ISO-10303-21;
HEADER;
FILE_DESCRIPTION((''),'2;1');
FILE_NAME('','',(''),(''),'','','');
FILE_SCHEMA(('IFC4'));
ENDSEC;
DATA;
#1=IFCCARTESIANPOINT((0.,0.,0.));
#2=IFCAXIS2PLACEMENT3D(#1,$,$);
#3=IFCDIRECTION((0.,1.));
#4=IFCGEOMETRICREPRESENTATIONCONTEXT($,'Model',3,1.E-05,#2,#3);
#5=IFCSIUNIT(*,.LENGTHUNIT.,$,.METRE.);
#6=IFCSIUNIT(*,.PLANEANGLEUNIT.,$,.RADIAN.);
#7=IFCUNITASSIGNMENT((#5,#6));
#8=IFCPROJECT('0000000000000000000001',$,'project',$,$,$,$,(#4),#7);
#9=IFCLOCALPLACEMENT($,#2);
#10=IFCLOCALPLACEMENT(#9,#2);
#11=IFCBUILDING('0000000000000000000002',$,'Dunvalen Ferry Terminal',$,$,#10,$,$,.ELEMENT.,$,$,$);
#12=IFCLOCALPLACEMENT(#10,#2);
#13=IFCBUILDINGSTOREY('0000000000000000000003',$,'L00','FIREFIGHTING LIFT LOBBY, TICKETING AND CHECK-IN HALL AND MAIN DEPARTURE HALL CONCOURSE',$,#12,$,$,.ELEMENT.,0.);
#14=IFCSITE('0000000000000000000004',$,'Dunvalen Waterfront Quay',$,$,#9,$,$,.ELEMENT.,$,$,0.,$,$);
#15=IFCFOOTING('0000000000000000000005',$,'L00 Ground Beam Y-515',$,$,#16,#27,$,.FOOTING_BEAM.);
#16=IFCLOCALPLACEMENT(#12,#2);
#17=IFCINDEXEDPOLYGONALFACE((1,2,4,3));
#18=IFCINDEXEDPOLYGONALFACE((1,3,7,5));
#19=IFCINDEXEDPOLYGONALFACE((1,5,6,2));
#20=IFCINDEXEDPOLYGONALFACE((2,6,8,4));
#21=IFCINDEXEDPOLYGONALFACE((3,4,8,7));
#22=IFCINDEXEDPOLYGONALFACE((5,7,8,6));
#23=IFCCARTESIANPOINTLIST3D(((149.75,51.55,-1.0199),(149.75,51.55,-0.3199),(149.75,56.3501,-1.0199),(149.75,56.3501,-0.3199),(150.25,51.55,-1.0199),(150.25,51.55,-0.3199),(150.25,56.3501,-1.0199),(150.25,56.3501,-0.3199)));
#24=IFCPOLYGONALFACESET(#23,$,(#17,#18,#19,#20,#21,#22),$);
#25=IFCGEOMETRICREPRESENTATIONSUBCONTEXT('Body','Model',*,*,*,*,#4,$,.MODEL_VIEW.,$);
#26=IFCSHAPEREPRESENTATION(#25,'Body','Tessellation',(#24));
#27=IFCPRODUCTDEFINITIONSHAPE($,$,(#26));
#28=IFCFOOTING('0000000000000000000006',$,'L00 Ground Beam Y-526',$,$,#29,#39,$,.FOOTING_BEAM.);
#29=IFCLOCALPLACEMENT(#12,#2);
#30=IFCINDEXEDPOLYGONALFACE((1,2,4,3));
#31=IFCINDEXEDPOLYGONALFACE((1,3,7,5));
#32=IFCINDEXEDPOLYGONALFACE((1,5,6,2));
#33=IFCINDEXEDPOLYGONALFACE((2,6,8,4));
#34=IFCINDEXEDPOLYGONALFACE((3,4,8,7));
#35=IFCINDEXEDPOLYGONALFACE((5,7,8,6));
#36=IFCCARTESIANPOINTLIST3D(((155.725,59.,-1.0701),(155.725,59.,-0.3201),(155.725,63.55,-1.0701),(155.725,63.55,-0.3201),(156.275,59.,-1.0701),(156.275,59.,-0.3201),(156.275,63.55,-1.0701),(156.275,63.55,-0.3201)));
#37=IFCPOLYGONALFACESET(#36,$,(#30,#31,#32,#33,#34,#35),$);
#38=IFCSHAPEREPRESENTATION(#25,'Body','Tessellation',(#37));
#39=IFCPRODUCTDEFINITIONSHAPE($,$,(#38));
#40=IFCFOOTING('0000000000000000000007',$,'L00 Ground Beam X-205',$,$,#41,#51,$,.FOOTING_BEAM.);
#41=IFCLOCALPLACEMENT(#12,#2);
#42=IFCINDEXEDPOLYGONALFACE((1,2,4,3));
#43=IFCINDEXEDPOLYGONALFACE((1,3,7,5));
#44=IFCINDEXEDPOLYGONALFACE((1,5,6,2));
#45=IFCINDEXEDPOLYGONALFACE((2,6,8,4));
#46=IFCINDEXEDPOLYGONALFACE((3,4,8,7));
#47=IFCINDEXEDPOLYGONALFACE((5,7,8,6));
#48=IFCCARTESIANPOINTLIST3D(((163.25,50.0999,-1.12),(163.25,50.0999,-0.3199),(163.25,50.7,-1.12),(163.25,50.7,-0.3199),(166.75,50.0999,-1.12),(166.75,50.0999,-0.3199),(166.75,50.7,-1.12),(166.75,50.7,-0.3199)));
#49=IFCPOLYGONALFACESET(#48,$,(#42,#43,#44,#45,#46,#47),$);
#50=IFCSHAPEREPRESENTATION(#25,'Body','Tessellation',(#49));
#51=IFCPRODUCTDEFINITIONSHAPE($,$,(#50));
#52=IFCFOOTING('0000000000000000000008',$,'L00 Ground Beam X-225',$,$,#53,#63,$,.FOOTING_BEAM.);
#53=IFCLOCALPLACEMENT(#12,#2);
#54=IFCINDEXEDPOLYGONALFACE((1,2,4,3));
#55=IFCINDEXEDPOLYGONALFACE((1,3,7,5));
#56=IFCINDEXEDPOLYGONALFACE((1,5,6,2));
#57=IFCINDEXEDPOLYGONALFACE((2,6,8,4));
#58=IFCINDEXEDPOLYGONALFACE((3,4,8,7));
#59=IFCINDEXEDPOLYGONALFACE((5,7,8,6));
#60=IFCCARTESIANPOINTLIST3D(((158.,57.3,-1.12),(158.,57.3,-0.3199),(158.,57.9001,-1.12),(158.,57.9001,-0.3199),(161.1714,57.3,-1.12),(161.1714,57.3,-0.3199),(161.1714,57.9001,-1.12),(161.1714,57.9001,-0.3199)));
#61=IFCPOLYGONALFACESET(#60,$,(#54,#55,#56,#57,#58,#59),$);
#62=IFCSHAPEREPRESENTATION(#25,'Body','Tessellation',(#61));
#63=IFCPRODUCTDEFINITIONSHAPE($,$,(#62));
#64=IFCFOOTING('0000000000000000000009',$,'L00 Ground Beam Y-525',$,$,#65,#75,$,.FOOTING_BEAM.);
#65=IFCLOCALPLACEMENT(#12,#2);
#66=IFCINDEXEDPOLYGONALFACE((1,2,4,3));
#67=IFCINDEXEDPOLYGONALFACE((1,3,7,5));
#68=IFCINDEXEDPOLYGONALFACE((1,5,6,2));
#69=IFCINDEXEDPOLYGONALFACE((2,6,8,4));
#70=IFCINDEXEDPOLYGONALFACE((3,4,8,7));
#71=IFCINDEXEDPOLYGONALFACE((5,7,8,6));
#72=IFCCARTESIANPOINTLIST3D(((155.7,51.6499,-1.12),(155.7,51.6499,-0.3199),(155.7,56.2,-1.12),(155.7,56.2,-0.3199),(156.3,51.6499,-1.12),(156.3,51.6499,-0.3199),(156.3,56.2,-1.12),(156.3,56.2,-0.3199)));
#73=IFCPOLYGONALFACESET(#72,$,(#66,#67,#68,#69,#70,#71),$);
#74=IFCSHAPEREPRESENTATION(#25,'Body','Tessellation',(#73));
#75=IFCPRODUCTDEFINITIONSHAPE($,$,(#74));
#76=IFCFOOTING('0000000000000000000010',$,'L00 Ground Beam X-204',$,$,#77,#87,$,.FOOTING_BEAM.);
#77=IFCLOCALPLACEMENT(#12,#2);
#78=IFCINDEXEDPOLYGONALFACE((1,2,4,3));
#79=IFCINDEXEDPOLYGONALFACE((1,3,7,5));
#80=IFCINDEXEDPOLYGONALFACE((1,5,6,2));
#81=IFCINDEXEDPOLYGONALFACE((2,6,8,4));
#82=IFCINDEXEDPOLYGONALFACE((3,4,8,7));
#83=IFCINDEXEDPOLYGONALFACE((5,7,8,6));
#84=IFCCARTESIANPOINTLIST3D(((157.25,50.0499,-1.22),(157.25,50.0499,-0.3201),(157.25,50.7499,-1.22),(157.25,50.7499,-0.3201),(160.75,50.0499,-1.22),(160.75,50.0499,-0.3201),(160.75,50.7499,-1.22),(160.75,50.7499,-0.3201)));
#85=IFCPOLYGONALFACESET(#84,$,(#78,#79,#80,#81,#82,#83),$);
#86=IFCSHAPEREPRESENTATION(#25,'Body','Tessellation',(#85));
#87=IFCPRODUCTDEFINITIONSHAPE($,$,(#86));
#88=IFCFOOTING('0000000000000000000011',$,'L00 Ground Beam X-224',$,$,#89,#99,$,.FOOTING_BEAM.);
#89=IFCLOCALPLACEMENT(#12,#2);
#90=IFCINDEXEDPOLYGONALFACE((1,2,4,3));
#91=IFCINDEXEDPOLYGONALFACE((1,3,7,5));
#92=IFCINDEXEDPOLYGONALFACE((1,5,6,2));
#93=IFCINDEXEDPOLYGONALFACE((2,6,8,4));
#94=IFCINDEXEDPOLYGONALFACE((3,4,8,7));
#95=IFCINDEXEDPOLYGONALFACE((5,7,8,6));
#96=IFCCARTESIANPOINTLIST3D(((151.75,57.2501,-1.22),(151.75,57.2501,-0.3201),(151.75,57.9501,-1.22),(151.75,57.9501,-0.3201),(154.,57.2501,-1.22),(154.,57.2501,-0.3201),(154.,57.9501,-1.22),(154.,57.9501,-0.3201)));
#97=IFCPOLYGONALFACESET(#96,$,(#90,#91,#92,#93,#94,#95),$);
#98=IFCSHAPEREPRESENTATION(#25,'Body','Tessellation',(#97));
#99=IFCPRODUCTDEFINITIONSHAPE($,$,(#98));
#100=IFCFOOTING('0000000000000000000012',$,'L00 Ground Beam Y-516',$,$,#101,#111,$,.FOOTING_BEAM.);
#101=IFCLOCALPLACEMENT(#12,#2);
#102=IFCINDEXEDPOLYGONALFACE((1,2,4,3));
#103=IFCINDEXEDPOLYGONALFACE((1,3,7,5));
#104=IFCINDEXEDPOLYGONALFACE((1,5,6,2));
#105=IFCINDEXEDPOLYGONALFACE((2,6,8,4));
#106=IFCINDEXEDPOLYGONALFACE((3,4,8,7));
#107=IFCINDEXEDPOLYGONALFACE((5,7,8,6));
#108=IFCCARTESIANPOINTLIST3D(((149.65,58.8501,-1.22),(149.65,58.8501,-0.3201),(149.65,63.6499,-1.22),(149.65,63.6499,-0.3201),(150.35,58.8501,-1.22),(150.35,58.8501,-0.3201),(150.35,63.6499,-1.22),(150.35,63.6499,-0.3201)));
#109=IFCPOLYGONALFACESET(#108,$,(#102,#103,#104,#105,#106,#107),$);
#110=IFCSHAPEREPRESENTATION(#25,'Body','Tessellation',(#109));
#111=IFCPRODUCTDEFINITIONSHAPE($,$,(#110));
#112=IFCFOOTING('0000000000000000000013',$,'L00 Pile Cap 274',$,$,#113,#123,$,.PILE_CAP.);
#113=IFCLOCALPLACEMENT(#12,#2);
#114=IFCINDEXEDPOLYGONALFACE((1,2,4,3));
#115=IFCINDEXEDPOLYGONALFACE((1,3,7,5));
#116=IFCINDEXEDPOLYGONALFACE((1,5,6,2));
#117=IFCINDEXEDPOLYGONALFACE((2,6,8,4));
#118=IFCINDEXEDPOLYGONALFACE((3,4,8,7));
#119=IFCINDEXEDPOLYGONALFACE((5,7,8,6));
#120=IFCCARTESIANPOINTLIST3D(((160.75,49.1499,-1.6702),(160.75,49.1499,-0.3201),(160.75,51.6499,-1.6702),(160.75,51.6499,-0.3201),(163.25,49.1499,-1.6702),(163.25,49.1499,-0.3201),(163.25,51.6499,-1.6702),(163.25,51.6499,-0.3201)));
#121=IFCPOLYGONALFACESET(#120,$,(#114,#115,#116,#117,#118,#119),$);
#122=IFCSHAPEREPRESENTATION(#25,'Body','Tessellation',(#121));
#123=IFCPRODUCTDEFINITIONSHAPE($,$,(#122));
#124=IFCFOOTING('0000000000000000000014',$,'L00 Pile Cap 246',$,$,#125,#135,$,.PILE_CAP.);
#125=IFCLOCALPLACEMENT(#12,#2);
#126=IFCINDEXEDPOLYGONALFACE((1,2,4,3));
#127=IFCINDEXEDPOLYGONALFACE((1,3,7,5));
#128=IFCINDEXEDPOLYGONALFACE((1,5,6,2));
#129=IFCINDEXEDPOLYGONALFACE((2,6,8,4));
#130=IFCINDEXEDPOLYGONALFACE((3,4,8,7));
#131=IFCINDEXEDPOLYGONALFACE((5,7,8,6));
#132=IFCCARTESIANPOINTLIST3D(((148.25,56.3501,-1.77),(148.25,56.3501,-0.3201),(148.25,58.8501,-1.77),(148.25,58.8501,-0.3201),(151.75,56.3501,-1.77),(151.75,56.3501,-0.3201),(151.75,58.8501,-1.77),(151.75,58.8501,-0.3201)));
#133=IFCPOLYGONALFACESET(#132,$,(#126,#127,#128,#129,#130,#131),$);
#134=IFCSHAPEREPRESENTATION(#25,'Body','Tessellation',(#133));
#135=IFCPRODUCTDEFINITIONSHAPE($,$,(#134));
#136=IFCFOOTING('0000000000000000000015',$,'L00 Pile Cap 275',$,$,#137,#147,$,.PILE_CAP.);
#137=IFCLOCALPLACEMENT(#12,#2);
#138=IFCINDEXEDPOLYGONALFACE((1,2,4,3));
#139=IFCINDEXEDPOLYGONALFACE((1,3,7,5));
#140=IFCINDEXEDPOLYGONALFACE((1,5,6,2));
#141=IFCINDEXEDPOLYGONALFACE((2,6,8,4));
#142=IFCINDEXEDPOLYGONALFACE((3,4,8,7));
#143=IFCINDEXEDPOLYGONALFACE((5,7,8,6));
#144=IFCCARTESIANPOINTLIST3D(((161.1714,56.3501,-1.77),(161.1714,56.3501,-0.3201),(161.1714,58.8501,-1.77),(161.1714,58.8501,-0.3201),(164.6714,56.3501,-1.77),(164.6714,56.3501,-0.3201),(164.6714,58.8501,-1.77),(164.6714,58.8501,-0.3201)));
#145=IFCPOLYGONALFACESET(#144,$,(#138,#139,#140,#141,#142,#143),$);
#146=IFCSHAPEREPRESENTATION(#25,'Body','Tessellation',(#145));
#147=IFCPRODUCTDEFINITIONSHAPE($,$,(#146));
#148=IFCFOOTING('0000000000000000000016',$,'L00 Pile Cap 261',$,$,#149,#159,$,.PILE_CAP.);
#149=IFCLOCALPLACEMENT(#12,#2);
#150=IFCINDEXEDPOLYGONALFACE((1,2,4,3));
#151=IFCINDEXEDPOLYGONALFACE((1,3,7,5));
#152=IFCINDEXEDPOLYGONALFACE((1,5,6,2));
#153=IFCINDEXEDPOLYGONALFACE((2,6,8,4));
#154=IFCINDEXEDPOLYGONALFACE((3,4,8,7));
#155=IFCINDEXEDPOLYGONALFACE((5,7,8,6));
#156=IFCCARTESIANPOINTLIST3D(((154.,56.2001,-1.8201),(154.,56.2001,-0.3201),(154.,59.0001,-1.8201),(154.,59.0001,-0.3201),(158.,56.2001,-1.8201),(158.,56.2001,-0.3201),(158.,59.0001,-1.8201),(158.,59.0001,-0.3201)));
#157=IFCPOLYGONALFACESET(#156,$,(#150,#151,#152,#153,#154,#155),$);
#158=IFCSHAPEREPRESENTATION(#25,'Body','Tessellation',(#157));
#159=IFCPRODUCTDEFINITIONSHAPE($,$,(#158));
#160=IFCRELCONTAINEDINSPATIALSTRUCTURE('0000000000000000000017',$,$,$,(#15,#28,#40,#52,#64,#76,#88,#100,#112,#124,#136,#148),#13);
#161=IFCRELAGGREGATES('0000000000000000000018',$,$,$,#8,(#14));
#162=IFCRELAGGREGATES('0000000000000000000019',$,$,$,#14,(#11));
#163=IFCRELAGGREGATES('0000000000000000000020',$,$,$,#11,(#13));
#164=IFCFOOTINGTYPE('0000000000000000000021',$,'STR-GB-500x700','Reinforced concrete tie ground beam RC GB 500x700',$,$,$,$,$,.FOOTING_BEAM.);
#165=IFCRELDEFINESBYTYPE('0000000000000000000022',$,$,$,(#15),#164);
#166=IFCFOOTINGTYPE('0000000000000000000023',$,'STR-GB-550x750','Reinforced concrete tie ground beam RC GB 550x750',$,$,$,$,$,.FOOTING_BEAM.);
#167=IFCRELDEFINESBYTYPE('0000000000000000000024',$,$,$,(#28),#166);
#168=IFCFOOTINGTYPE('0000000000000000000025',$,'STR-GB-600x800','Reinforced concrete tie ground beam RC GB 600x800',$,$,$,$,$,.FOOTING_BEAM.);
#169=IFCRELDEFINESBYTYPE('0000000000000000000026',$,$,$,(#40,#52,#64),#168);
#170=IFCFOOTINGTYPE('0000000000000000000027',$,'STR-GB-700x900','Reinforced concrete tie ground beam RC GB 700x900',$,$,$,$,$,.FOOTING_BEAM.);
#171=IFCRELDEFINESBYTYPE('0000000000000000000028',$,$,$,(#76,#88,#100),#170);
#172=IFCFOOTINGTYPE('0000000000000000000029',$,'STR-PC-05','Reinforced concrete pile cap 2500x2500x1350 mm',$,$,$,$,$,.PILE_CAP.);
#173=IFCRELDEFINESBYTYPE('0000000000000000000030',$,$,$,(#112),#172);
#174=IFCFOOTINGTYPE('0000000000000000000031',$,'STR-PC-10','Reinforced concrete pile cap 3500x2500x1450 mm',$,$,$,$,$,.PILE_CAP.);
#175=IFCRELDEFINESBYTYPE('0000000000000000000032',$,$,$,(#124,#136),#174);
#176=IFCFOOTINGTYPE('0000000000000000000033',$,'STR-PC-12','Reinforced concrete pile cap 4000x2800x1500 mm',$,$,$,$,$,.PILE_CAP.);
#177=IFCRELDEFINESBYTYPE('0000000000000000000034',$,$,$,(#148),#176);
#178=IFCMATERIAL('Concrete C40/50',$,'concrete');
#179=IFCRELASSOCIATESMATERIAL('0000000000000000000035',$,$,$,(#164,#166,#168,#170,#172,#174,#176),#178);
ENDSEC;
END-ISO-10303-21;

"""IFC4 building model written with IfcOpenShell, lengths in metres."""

from ifc_helpers import new_model, si_unit, direction, frame, origin, origin_2d, place, context, subcontext, project, spatial, rectangle, extrude, material, material_profile, profile_set, type_object, element, save


model = new_model("IFC4")

# Units and contexts
model_context = context("Model", 3, precision=1e-05, world=origin(), true_north=direction((0.0, 1.0)))
body_context = subcontext(model_context, "Body", "Model", "MODEL_VIEW")
ifc_project = project(units=[si_unit("LENGTHUNIT", "METRE"), si_unit("PLANEANGLEUNIT", "RADIAN")], contexts=[model_context])

# Site, building, storey
site_placement = place(None, origin())
site = spatial("IfcSite", under=ifc_project, at=site_placement, Name="Dunvalen Waterfront Quay", CompositionType="ELEMENT", RefElevation=0.0)
building_placement = place(site_placement, origin())
building = spatial("IfcBuilding", under=site, at=building_placement, Name="Dunvalen Ferry Terminal", CompositionType="ELEMENT")
storey_placement = place(building_placement, origin())
storey = spatial("IfcBuildingStorey", under=building, at=storey_placement, Name="L00", Description="FIREFIGHTING LIFT LOBBY, TICKETING AND CHECK-IN HALL AND MAIN DEPARTURE HALL CONCOURSE", CompositionType="ELEMENT", Elevation=0.0)

# Footings
ifc_material_1 = material(Name="Concrete C40/50", Category="concrete")
ifc_material_profile_1 = material_profile(ifc_material_1, rectangle(XDim=0.5, YDim=0.7, at=origin_2d()), Name="Concrete C40/50")
ifc_profile_set_1 = profile_set([ifc_material_profile_1], Name="Concrete C40/50")
footing_type_1 = type_object("IfcFootingType", Name="STR-GB-500x700", Description="Reinforced concrete tie ground beam RC GB 500x700", PredefinedType="FOOTING_BEAM", material=ifc_profile_set_1)
footing_1_placement = place(storey_placement, frame((150.0, 51.55, -0.6699), z_axis=(0.0, 1.0, 0.0), x_axis=(-1.0, 0.0, 0.0)))
element("IfcFooting", 1, at=footing_1_placement, inside=storey, type_object=footing_type_1, Name="L00 Ground Beam Y-515", PredefinedType="FOOTING_BEAM", context=body_context, shape_type="SweptSolid", body=[
    extrude(rectangle(XDim=0.5, YDim=0.7, at=origin_2d()), origin(), (0.0, 0.0, 1.0), 4.8),
])
ifc_material_profile_2 = material_profile(ifc_material_1, rectangle(XDim=0.55, YDim=0.75, at=origin_2d()), Name="Concrete C40/50")
ifc_profile_set_2 = profile_set([ifc_material_profile_2], Name="Concrete C40/50")
footing_type_2 = type_object("IfcFootingType", Name="STR-GB-550x750", Description="Reinforced concrete tie ground beam RC GB 550x750", PredefinedType="FOOTING_BEAM", material=ifc_profile_set_2)
footing_2_placement = place(storey_placement, frame((156.0, 59.0, -0.6951), z_axis=(0.0, 1.0, 0.0), x_axis=(-1.0, 0.0, 0.0)))
element("IfcFooting", 2, at=footing_2_placement, inside=storey, type_object=footing_type_2, Name="L00 Ground Beam Y-526", PredefinedType="FOOTING_BEAM", context=body_context, shape_type="SweptSolid", body=[
    extrude(rectangle(XDim=0.55, YDim=0.75, at=origin_2d()), origin(), (0.0, 0.0, 1.0), 4.55),
])
ifc_material_profile_3 = material_profile(ifc_material_1, rectangle(XDim=0.6001, YDim=0.8, at=origin_2d()), Name="Concrete C40/50")
ifc_profile_set_3 = profile_set([ifc_material_profile_3], Name="Concrete C40/50")
footing_type_3 = type_object("IfcFootingType", Name="STR-GB-600x800", Description="Reinforced concrete tie ground beam RC GB 600x800", PredefinedType="FOOTING_BEAM", material=ifc_profile_set_3)
footing_3_placement = place(storey_placement, frame((163.25, 50.3999, -0.72), z_axis=(1.0, 0.0, 0.0), x_axis=(0.0, 1.0, 0.0)))
element("IfcFooting", 3, at=footing_3_placement, inside=storey, type_object=footing_type_3, Name="L00 Ground Beam X-205", PredefinedType="FOOTING_BEAM", context=body_context, shape_type="SweptSolid", body=[
    extrude(rectangle(XDim=0.6001, YDim=0.8, at=origin_2d()), origin(), (0.0, 0.0, 1.0), 3.5),
])
footing_4_placement = place(storey_placement, frame((158.0, 57.6001, -0.72), z_axis=(1.0, 0.0, 0.0), x_axis=(0.0, 1.0, 0.0)))
element("IfcFooting", 4, at=footing_4_placement, inside=storey, type_object=footing_type_3, Name="L00 Ground Beam X-225", PredefinedType="FOOTING_BEAM", context=body_context, shape_type="SweptSolid", body=[
    extrude(rectangle(XDim=0.6001, YDim=0.8, at=origin_2d()), origin(), (0.0, 0.0, 1.0), 3.1714),
])
footing_5_placement = place(storey_placement, frame((156.0, 51.6499, -0.72), z_axis=(0.0, 1.0, 0.0), x_axis=(-1.0, 0.0, 0.0)))
element("IfcFooting", 5, at=footing_5_placement, inside=storey, type_object=footing_type_3, Name="L00 Ground Beam Y-525", PredefinedType="FOOTING_BEAM", context=body_context, shape_type="SweptSolid", body=[
    extrude(rectangle(XDim=0.6001, YDim=0.8, at=origin_2d()), origin(), (0.0, 0.0, 1.0), 4.55),
])
ifc_material_profile_4 = material_profile(ifc_material_1, rectangle(XDim=0.7, YDim=0.8999, at=origin_2d()), Name="Concrete C40/50")
ifc_profile_set_4 = profile_set([ifc_material_profile_4], Name="Concrete C40/50")
footing_type_4 = type_object("IfcFootingType", Name="STR-GB-700x900", Description="Reinforced concrete tie ground beam RC GB 700x900", PredefinedType="FOOTING_BEAM", material=ifc_profile_set_4)
footing_6_placement = place(storey_placement, frame((157.25, 50.3999, -0.77), z_axis=(1.0, 0.0, 0.0), x_axis=(0.0, 1.0, 0.0)))
element("IfcFooting", 6, at=footing_6_placement, inside=storey, type_object=footing_type_4, Name="L00 Ground Beam X-204", PredefinedType="FOOTING_BEAM", context=body_context, shape_type="SweptSolid", body=[
    extrude(rectangle(XDim=0.7, YDim=0.8999, at=origin_2d()), origin(), (0.0, 0.0, 1.0), 3.5),
])
footing_7_placement = place(storey_placement, frame((151.75, 57.6001, -0.77), z_axis=(1.0, 0.0, 0.0), x_axis=(0.0, 1.0, 0.0)))
element("IfcFooting", 7, at=footing_7_placement, inside=storey, type_object=footing_type_4, Name="L00 Ground Beam X-224", PredefinedType="FOOTING_BEAM", context=body_context, shape_type="SweptSolid", body=[
    extrude(rectangle(XDim=0.7, YDim=0.8999, at=origin_2d()), origin(), (0.0, 0.0, 1.0), 2.25),
])
footing_8_placement = place(storey_placement, frame((150.0, 58.8501, -0.77), z_axis=(0.0, 1.0, 0.0), x_axis=(-1.0, 0.0, 0.0)))
element("IfcFooting", 8, at=footing_8_placement, inside=storey, type_object=footing_type_4, Name="L00 Ground Beam Y-516", PredefinedType="FOOTING_BEAM", context=body_context, shape_type="SweptSolid", body=[
    extrude(rectangle(XDim=0.7, YDim=0.8999, at=origin_2d()), origin(), (0.0, 0.0, 1.0), 4.7998),
])
footing_type_5 = type_object("IfcFootingType", Name="STR-PC-05", Description="Reinforced concrete pile cap 2500x2500x1350 mm", PredefinedType="PILE_CAP", material=ifc_material_1)
footing_9_placement = place(storey_placement, frame((162.0, 50.3999, -1.6702), z_axis=(0.0, 0.0, 1.0), x_axis=(1.0, 0.0, 0.0)))
element("IfcFooting", 9, at=footing_9_placement, inside=storey, type_object=footing_type_5, Name="L00 Pile Cap 274", PredefinedType="PILE_CAP", context=body_context, shape_type="SweptSolid", body=[
    extrude(rectangle(XDim=2.5, YDim=2.5, at=origin_2d()), origin(), (0.0, 0.0, 1.0), 1.3501),
])
footing_type_6 = type_object("IfcFootingType", Name="STR-PC-10", Description="Reinforced concrete pile cap 3500x2500x1450 mm", PredefinedType="PILE_CAP", material=ifc_material_1)
for number, where, z_axis, x_axis, name in (
    (10, (150.0, 57.6001, -1.77), (0.0, 0.0, 1.0), (1.0, 0.0, 0.0), "L00 Pile Cap 246"),
    (11, (162.9214, 57.6001, -1.77), (0.0, 0.0, 1.0), (1.0, 0.0, 0.0), "L00 Pile Cap 275"),
):
    element("IfcFooting", number, at=place(storey_placement, frame(where, z_axis=z_axis, x_axis=x_axis)), inside=storey, type_object=footing_type_6, Name=name, PredefinedType="PILE_CAP", context=body_context, shape_type="SweptSolid", body=[
        extrude(rectangle(XDim=3.5, YDim=2.5, at=origin_2d()), origin(), (0.0, 0.0, 1.0), 1.45),
    ])
footing_type_7 = type_object("IfcFootingType", Name="STR-PC-12", Description="Reinforced concrete pile cap 4000x2800x1500 mm", PredefinedType="PILE_CAP", material=ifc_material_1)
footing_10_placement = place(storey_placement, frame((156.0, 57.6001, -1.8201), z_axis=(0.0, 0.0, 1.0), x_axis=(1.0, 0.0, 0.0)))
element("IfcFooting", 12, at=footing_10_placement, inside=storey, type_object=footing_type_7, Name="L00 Pile Cap 261", PredefinedType="PILE_CAP", context=body_context, shape_type="SweptSolid", body=[
    extrude(rectangle(XDim=4.0, YDim=2.8, at=origin_2d()), origin(), (0.0, 0.0, 1.0), 1.5),
])

save(model, "model.ifc")
